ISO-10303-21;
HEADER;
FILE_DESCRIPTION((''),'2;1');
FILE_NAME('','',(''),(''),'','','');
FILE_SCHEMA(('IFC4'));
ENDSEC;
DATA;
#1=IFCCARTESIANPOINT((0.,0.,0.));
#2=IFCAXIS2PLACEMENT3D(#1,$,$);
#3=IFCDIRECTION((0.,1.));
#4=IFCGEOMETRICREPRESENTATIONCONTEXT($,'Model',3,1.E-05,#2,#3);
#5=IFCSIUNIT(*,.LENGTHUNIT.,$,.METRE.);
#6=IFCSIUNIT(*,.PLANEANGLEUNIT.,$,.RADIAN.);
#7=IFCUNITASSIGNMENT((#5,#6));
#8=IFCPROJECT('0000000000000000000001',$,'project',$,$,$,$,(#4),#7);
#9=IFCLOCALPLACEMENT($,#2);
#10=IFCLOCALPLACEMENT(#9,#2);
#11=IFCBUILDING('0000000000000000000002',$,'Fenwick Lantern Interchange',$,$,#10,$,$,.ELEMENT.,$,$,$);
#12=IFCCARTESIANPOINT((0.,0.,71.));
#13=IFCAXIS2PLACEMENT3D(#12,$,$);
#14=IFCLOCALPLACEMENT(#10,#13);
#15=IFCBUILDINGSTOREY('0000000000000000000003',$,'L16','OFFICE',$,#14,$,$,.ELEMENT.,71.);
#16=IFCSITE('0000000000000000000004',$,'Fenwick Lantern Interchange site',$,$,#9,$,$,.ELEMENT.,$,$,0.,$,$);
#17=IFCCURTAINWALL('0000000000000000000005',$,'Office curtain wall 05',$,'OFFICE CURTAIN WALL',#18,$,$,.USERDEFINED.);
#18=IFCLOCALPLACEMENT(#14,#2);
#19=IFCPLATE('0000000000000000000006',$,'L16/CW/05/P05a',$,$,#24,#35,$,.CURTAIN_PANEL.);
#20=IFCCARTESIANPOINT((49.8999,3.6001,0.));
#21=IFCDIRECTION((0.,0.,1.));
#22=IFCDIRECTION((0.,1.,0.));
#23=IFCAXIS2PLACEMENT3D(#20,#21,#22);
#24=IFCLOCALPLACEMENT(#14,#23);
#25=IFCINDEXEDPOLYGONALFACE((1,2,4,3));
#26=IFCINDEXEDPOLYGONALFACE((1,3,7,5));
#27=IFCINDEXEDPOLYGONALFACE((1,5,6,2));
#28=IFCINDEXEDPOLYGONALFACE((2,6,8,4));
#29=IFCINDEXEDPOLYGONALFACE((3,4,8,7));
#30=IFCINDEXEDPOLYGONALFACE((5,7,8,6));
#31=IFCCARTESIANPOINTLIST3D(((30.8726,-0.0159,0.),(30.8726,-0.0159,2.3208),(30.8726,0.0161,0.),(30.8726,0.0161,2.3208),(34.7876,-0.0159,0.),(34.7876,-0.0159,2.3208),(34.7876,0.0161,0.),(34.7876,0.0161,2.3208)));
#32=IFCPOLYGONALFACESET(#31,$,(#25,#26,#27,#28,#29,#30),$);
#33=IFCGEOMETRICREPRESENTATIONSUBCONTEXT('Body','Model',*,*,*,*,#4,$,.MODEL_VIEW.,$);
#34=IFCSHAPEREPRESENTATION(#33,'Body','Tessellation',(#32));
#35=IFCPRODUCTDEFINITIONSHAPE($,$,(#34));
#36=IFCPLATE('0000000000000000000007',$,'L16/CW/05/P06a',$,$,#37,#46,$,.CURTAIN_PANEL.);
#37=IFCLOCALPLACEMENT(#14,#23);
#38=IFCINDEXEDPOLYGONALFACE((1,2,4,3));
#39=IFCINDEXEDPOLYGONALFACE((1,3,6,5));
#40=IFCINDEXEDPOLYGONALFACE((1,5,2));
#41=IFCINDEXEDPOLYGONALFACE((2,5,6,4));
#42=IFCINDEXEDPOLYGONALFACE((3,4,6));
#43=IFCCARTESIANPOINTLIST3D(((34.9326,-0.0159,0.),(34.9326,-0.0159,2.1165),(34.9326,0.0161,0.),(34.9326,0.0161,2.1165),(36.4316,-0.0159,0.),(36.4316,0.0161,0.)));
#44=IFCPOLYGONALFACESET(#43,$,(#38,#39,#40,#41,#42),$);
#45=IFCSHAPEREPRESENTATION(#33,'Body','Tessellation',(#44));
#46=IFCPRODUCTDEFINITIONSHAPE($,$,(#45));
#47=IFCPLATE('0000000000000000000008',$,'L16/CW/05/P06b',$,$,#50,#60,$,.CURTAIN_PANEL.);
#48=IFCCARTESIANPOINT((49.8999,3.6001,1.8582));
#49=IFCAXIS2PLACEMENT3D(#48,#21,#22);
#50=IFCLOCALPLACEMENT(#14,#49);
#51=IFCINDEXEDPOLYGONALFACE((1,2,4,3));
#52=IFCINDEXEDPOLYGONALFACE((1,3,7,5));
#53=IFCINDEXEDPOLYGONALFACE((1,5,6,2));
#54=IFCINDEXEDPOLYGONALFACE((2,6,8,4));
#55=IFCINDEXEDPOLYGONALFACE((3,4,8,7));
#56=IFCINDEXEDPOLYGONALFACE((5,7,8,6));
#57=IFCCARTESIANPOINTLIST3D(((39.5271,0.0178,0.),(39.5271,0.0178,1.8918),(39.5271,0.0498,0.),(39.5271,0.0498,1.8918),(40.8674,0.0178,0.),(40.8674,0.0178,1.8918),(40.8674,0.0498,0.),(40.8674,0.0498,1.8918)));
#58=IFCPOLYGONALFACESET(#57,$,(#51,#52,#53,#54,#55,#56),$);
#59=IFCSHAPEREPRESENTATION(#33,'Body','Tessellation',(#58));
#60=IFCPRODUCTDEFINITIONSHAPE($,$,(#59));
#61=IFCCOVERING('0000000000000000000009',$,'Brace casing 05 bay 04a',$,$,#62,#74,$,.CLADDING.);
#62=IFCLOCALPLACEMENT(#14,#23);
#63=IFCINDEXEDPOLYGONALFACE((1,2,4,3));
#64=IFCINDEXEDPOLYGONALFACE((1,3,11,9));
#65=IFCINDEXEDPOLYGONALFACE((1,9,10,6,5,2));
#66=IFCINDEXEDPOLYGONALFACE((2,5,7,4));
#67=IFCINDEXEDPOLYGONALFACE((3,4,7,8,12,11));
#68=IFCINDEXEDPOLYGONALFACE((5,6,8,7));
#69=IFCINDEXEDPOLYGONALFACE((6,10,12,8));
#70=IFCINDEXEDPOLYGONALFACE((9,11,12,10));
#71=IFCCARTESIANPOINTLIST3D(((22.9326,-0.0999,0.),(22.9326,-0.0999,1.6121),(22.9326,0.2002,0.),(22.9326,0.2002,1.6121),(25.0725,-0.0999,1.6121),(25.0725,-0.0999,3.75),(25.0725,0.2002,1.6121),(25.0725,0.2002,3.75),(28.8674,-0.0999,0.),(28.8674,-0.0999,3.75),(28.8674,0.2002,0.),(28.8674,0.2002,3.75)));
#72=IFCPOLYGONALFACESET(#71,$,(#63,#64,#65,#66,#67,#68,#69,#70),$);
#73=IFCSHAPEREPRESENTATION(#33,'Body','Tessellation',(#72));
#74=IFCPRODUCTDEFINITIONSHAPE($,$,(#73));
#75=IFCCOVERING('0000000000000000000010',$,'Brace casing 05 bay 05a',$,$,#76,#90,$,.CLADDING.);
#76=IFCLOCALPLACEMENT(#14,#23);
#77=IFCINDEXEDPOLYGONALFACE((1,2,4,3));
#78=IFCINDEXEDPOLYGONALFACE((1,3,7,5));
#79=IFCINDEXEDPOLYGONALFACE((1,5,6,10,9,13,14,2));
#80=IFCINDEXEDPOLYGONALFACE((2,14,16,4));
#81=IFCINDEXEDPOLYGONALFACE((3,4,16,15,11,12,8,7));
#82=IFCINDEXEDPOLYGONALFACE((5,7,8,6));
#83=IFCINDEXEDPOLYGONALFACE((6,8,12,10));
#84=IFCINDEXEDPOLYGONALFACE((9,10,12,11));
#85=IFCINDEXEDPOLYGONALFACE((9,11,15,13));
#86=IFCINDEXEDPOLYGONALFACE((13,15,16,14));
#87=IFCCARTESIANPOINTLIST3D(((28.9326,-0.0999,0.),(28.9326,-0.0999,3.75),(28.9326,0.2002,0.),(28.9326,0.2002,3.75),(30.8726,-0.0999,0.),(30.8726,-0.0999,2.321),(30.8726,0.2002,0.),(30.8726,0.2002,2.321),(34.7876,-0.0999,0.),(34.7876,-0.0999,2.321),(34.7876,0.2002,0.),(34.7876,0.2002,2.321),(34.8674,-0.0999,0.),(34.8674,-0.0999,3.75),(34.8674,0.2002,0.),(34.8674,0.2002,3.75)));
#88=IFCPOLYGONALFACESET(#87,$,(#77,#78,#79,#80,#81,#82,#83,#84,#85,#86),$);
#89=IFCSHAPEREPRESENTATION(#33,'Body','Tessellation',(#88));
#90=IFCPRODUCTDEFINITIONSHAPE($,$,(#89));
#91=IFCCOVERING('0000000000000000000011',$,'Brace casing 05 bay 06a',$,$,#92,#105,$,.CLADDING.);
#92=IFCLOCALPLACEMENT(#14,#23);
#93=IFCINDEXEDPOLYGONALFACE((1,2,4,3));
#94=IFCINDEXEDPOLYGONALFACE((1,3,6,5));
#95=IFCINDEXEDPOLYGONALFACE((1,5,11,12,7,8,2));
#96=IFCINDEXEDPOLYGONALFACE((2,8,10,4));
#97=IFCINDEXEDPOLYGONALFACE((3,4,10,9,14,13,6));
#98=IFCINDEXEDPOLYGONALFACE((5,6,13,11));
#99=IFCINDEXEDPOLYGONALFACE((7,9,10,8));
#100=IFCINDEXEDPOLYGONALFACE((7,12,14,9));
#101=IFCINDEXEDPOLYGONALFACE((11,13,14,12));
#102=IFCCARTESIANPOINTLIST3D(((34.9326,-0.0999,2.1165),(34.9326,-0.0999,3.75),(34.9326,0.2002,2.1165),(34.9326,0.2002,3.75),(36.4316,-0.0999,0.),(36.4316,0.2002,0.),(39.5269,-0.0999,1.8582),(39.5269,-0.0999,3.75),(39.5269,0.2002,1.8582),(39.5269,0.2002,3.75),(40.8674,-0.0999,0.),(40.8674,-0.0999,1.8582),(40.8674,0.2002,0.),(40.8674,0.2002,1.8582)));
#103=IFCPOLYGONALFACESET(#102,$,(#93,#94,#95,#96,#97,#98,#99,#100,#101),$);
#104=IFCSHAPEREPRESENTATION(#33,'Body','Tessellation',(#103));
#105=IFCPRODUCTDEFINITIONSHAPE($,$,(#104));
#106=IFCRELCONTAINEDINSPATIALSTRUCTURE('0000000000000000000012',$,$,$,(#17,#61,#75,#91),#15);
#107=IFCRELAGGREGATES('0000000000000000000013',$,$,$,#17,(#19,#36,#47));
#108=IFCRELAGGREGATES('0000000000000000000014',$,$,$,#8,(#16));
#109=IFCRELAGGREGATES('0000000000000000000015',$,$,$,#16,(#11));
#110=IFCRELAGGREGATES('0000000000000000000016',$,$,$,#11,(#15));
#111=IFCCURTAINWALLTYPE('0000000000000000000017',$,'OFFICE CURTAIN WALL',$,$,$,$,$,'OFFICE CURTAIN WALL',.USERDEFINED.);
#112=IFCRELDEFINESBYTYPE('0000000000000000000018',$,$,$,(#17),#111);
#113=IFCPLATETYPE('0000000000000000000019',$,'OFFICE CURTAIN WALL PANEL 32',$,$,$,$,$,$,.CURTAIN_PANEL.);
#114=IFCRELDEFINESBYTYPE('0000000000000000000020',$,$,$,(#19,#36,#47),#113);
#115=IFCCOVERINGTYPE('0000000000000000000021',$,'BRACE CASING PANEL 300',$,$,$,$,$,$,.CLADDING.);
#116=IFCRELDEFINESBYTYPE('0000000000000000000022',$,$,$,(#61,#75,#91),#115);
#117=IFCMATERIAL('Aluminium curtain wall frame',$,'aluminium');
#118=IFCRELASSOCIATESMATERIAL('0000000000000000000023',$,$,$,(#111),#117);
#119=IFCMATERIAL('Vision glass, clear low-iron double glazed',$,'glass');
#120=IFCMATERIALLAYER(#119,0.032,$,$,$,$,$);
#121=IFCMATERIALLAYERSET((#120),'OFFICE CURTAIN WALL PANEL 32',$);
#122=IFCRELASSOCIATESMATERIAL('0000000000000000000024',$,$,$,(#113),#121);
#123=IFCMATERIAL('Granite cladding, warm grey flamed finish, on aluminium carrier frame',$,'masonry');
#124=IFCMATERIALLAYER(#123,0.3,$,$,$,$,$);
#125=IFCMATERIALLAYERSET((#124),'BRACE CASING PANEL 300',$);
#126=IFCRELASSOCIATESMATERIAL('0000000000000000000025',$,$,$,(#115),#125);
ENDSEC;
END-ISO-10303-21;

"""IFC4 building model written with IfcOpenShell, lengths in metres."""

from ifc_helpers import new_model, si_unit, direction, frame, origin, place, context, subcontext, project, spatial, polyline, outline, extrude, material, layer, layer_set, type_object, element, aggregate, save


model = new_model("IFC4")

# Units and contexts
model_context = context("Model", 3, precision=1e-05, world=origin(), true_north=direction((0.0, 1.0)))
body_context = subcontext(model_context, "Body", "Model", "MODEL_VIEW")
ifc_project = project(units=[si_unit("LENGTHUNIT", "METRE"), si_unit("PLANEANGLEUNIT", "RADIAN")], contexts=[model_context])

# Site, building, storey
site_placement = place(None, origin())
site = spatial("IfcSite", under=ifc_project, at=site_placement, Name="Fenwick Lantern Interchange site", CompositionType="ELEMENT", RefElevation=0.0)
building_placement = place(site_placement, origin())
building = spatial("IfcBuilding", under=site, at=building_placement, Name="Fenwick Lantern Interchange", CompositionType="ELEMENT")
storey_placement = place(building_placement, frame((0.0, 0.0, 71.0)))
storey = spatial("IfcBuildingStorey", under=building, at=storey_placement, Name="L16", Description="OFFICE", CompositionType="ELEMENT", Elevation=71.0)

# Curtain wall, plates
ifc_material_1 = material(Name="Aluminium curtain wall frame", Category="aluminium")
curtain_wall_type = type_object("IfcCurtainWallType", Name="OFFICE CURTAIN WALL", ElementType="OFFICE CURTAIN WALL", PredefinedType="USERDEFINED", material=ifc_material_1)
curtain_wall_placement = place(storey_placement, origin())
curtain_wall = element("IfcCurtainWall", 1, at=curtain_wall_placement, inside=storey, type_object=curtain_wall_type, Name="Office curtain wall 05", ObjectType="OFFICE CURTAIN WALL", PredefinedType="USERDEFINED")
ifc_material_2 = material(Name="Vision glass, clear low-iron double glazed", Category="glass")
ifc_layer_1 = layer(ifc_material_2, 0.032)
ifc_layer_set_1 = layer_set([ifc_layer_1], Name="OFFICE CURTAIN WALL PANEL 32")
plate_type = type_object("IfcPlateType", Name="OFFICE CURTAIN WALL PANEL 32", PredefinedType="CURTAIN_PANEL", material=ifc_layer_set_1)
plate_1_placement = place(storey_placement, frame((49.8999, 3.6001, 0.0), z_axis=(0.0, 0.0, 1.0), x_axis=(0.0, 1.0, 0.0)))
plate_1 = element("IfcPlate", 2, at=plate_1_placement, type_object=plate_type, Name="L16/CW/05/P05a", PredefinedType="CURTAIN_PANEL", context=body_context, shape_type="SweptSolid", body=[
    extrude(outline(polyline([(30.8726, 0.0), (34.7876, 0.0), (34.7876, 2.3208), (30.8726, 2.3208), (30.8726, 0.0)])), frame((0.0, 0.0161, 0.0), z_axis=(0.0, -1.0, 0.0), x_axis=(1.0, 0.0, 0.0)), (0.0, 0.0, 1.0), 0.032),
])
plate_2_placement = place(storey_placement, frame((49.8999, 3.6001, 0.0), z_axis=(0.0, 0.0, 1.0), x_axis=(0.0, 1.0, 0.0)))
plate_2 = element("IfcPlate", 3, at=plate_2_placement, type_object=plate_type, Name="L16/CW/05/P06a", PredefinedType="CURTAIN_PANEL", context=body_context, shape_type="SweptSolid", body=[
    extrude(outline(polyline([(34.9326, 0.0), (36.4316, 0.0), (34.9326, 2.1165), (34.9326, 0.0)])), frame((0.0, 0.0161, 0.0), z_axis=(0.0, -1.0, 0.0), x_axis=(1.0, 0.0, 0.0)), (0.0, 0.0, 1.0), 0.032),
])
plate_3_placement = place(storey_placement, frame((49.8999, 3.6001, 1.8582), z_axis=(0.0, 0.0, 1.0), x_axis=(0.0, 1.0, 0.0)))
plate_3 = element("IfcPlate", 4, at=plate_3_placement, type_object=plate_type, Name="L16/CW/05/P06b", PredefinedType="CURTAIN_PANEL", context=body_context, shape_type="SweptSolid", body=[
    extrude(outline(polyline([(39.5271, 0.0), (40.8674, 0.0), (40.8674, 1.8918), (39.5271, 1.8918), (39.5271, 0.0)])), frame((0.0, 0.0498, 0.0), z_axis=(0.0, -1.0, 0.0), x_axis=(1.0, 0.0, 0.0)), (0.0, 0.0, 1.0), 0.032),
])
aggregate(curtain_wall, [plate_1, plate_2, plate_3])

# Coverings
ifc_material_3 = material(Name="Granite cladding, warm grey flamed finish, on aluminium carrier frame", Category="masonry")
ifc_layer_2 = layer(ifc_material_3, 0.3)
ifc_layer_set_2 = layer_set([ifc_layer_2], Name="BRACE CASING PANEL 300")
covering_type = type_object("IfcCoveringType", Name="BRACE CASING PANEL 300", PredefinedType="CLADDING", material=ifc_layer_set_2)
covering_1_placement = place(storey_placement, frame((49.8999, 3.6001, 0.0), z_axis=(0.0, 0.0, 1.0), x_axis=(0.0, 1.0, 0.0)))
element("IfcCovering", 5, at=covering_1_placement, inside=storey, type_object=covering_type, Name="Brace casing 05 bay 04a", PredefinedType="CLADDING", context=body_context, shape_type="SweptSolid", body=[
    extrude(outline(polyline([(22.9326, 0.0), (28.8674, 0.0), (28.8674, 3.75), (25.0725, 3.75), (25.0725, 1.6121), (22.9326, 1.6121), (22.9326, 0.0)])), frame((0.0, 0.2002, 0.0), z_axis=(0.0, -1.0, 0.0), x_axis=(1.0, 0.0, 0.0)), (0.0, 0.0, 1.0), 0.3),
])
covering_2_placement = place(storey_placement, frame((49.8999, 3.6001, 0.0), z_axis=(0.0, 0.0, 1.0), x_axis=(0.0, 1.0, 0.0)))
element("IfcCovering", 6, at=covering_2_placement, inside=storey, type_object=covering_type, Name="Brace casing 05 bay 05a", PredefinedType="CLADDING", context=body_context, shape_type="SweptSolid", body=[
    extrude(outline(polyline([(28.9326, 0.0), (30.8726, 0.0), (30.8726, 2.321), (34.7876, 2.321), (34.7876, 0.0), (34.8674, 0.0), (34.8674, 3.75), (28.9326, 3.75), (28.9326, 0.0)])), frame((0.0, 0.2002, 0.0), z_axis=(0.0, -1.0, 0.0), x_axis=(1.0, 0.0, 0.0)), (0.0, 0.0, 1.0), 0.3),
])
covering_3_placement = place(storey_placement, frame((49.8999, 3.6001, 0.0), z_axis=(0.0, 0.0, 1.0), x_axis=(0.0, 1.0, 0.0)))
element("IfcCovering", 7, at=covering_3_placement, inside=storey, type_object=covering_type, Name="Brace casing 05 bay 06a", PredefinedType="CLADDING", context=body_context, shape_type="SweptSolid", body=[
    extrude(outline(polyline([(36.4316, 0.0), (40.8674, 0.0), (40.8674, 1.8582), (39.5269, 1.8582), (39.5269, 3.75), (34.9326, 3.75), (34.9326, 2.1165), (36.4316, 0.0)])), frame((0.0, 0.2002, 0.0), z_axis=(0.0, -1.0, 0.0), x_axis=(1.0, 0.0, 0.0)), (0.0, 0.0, 1.0), 0.3),
])

save(model, "model.ifc")
